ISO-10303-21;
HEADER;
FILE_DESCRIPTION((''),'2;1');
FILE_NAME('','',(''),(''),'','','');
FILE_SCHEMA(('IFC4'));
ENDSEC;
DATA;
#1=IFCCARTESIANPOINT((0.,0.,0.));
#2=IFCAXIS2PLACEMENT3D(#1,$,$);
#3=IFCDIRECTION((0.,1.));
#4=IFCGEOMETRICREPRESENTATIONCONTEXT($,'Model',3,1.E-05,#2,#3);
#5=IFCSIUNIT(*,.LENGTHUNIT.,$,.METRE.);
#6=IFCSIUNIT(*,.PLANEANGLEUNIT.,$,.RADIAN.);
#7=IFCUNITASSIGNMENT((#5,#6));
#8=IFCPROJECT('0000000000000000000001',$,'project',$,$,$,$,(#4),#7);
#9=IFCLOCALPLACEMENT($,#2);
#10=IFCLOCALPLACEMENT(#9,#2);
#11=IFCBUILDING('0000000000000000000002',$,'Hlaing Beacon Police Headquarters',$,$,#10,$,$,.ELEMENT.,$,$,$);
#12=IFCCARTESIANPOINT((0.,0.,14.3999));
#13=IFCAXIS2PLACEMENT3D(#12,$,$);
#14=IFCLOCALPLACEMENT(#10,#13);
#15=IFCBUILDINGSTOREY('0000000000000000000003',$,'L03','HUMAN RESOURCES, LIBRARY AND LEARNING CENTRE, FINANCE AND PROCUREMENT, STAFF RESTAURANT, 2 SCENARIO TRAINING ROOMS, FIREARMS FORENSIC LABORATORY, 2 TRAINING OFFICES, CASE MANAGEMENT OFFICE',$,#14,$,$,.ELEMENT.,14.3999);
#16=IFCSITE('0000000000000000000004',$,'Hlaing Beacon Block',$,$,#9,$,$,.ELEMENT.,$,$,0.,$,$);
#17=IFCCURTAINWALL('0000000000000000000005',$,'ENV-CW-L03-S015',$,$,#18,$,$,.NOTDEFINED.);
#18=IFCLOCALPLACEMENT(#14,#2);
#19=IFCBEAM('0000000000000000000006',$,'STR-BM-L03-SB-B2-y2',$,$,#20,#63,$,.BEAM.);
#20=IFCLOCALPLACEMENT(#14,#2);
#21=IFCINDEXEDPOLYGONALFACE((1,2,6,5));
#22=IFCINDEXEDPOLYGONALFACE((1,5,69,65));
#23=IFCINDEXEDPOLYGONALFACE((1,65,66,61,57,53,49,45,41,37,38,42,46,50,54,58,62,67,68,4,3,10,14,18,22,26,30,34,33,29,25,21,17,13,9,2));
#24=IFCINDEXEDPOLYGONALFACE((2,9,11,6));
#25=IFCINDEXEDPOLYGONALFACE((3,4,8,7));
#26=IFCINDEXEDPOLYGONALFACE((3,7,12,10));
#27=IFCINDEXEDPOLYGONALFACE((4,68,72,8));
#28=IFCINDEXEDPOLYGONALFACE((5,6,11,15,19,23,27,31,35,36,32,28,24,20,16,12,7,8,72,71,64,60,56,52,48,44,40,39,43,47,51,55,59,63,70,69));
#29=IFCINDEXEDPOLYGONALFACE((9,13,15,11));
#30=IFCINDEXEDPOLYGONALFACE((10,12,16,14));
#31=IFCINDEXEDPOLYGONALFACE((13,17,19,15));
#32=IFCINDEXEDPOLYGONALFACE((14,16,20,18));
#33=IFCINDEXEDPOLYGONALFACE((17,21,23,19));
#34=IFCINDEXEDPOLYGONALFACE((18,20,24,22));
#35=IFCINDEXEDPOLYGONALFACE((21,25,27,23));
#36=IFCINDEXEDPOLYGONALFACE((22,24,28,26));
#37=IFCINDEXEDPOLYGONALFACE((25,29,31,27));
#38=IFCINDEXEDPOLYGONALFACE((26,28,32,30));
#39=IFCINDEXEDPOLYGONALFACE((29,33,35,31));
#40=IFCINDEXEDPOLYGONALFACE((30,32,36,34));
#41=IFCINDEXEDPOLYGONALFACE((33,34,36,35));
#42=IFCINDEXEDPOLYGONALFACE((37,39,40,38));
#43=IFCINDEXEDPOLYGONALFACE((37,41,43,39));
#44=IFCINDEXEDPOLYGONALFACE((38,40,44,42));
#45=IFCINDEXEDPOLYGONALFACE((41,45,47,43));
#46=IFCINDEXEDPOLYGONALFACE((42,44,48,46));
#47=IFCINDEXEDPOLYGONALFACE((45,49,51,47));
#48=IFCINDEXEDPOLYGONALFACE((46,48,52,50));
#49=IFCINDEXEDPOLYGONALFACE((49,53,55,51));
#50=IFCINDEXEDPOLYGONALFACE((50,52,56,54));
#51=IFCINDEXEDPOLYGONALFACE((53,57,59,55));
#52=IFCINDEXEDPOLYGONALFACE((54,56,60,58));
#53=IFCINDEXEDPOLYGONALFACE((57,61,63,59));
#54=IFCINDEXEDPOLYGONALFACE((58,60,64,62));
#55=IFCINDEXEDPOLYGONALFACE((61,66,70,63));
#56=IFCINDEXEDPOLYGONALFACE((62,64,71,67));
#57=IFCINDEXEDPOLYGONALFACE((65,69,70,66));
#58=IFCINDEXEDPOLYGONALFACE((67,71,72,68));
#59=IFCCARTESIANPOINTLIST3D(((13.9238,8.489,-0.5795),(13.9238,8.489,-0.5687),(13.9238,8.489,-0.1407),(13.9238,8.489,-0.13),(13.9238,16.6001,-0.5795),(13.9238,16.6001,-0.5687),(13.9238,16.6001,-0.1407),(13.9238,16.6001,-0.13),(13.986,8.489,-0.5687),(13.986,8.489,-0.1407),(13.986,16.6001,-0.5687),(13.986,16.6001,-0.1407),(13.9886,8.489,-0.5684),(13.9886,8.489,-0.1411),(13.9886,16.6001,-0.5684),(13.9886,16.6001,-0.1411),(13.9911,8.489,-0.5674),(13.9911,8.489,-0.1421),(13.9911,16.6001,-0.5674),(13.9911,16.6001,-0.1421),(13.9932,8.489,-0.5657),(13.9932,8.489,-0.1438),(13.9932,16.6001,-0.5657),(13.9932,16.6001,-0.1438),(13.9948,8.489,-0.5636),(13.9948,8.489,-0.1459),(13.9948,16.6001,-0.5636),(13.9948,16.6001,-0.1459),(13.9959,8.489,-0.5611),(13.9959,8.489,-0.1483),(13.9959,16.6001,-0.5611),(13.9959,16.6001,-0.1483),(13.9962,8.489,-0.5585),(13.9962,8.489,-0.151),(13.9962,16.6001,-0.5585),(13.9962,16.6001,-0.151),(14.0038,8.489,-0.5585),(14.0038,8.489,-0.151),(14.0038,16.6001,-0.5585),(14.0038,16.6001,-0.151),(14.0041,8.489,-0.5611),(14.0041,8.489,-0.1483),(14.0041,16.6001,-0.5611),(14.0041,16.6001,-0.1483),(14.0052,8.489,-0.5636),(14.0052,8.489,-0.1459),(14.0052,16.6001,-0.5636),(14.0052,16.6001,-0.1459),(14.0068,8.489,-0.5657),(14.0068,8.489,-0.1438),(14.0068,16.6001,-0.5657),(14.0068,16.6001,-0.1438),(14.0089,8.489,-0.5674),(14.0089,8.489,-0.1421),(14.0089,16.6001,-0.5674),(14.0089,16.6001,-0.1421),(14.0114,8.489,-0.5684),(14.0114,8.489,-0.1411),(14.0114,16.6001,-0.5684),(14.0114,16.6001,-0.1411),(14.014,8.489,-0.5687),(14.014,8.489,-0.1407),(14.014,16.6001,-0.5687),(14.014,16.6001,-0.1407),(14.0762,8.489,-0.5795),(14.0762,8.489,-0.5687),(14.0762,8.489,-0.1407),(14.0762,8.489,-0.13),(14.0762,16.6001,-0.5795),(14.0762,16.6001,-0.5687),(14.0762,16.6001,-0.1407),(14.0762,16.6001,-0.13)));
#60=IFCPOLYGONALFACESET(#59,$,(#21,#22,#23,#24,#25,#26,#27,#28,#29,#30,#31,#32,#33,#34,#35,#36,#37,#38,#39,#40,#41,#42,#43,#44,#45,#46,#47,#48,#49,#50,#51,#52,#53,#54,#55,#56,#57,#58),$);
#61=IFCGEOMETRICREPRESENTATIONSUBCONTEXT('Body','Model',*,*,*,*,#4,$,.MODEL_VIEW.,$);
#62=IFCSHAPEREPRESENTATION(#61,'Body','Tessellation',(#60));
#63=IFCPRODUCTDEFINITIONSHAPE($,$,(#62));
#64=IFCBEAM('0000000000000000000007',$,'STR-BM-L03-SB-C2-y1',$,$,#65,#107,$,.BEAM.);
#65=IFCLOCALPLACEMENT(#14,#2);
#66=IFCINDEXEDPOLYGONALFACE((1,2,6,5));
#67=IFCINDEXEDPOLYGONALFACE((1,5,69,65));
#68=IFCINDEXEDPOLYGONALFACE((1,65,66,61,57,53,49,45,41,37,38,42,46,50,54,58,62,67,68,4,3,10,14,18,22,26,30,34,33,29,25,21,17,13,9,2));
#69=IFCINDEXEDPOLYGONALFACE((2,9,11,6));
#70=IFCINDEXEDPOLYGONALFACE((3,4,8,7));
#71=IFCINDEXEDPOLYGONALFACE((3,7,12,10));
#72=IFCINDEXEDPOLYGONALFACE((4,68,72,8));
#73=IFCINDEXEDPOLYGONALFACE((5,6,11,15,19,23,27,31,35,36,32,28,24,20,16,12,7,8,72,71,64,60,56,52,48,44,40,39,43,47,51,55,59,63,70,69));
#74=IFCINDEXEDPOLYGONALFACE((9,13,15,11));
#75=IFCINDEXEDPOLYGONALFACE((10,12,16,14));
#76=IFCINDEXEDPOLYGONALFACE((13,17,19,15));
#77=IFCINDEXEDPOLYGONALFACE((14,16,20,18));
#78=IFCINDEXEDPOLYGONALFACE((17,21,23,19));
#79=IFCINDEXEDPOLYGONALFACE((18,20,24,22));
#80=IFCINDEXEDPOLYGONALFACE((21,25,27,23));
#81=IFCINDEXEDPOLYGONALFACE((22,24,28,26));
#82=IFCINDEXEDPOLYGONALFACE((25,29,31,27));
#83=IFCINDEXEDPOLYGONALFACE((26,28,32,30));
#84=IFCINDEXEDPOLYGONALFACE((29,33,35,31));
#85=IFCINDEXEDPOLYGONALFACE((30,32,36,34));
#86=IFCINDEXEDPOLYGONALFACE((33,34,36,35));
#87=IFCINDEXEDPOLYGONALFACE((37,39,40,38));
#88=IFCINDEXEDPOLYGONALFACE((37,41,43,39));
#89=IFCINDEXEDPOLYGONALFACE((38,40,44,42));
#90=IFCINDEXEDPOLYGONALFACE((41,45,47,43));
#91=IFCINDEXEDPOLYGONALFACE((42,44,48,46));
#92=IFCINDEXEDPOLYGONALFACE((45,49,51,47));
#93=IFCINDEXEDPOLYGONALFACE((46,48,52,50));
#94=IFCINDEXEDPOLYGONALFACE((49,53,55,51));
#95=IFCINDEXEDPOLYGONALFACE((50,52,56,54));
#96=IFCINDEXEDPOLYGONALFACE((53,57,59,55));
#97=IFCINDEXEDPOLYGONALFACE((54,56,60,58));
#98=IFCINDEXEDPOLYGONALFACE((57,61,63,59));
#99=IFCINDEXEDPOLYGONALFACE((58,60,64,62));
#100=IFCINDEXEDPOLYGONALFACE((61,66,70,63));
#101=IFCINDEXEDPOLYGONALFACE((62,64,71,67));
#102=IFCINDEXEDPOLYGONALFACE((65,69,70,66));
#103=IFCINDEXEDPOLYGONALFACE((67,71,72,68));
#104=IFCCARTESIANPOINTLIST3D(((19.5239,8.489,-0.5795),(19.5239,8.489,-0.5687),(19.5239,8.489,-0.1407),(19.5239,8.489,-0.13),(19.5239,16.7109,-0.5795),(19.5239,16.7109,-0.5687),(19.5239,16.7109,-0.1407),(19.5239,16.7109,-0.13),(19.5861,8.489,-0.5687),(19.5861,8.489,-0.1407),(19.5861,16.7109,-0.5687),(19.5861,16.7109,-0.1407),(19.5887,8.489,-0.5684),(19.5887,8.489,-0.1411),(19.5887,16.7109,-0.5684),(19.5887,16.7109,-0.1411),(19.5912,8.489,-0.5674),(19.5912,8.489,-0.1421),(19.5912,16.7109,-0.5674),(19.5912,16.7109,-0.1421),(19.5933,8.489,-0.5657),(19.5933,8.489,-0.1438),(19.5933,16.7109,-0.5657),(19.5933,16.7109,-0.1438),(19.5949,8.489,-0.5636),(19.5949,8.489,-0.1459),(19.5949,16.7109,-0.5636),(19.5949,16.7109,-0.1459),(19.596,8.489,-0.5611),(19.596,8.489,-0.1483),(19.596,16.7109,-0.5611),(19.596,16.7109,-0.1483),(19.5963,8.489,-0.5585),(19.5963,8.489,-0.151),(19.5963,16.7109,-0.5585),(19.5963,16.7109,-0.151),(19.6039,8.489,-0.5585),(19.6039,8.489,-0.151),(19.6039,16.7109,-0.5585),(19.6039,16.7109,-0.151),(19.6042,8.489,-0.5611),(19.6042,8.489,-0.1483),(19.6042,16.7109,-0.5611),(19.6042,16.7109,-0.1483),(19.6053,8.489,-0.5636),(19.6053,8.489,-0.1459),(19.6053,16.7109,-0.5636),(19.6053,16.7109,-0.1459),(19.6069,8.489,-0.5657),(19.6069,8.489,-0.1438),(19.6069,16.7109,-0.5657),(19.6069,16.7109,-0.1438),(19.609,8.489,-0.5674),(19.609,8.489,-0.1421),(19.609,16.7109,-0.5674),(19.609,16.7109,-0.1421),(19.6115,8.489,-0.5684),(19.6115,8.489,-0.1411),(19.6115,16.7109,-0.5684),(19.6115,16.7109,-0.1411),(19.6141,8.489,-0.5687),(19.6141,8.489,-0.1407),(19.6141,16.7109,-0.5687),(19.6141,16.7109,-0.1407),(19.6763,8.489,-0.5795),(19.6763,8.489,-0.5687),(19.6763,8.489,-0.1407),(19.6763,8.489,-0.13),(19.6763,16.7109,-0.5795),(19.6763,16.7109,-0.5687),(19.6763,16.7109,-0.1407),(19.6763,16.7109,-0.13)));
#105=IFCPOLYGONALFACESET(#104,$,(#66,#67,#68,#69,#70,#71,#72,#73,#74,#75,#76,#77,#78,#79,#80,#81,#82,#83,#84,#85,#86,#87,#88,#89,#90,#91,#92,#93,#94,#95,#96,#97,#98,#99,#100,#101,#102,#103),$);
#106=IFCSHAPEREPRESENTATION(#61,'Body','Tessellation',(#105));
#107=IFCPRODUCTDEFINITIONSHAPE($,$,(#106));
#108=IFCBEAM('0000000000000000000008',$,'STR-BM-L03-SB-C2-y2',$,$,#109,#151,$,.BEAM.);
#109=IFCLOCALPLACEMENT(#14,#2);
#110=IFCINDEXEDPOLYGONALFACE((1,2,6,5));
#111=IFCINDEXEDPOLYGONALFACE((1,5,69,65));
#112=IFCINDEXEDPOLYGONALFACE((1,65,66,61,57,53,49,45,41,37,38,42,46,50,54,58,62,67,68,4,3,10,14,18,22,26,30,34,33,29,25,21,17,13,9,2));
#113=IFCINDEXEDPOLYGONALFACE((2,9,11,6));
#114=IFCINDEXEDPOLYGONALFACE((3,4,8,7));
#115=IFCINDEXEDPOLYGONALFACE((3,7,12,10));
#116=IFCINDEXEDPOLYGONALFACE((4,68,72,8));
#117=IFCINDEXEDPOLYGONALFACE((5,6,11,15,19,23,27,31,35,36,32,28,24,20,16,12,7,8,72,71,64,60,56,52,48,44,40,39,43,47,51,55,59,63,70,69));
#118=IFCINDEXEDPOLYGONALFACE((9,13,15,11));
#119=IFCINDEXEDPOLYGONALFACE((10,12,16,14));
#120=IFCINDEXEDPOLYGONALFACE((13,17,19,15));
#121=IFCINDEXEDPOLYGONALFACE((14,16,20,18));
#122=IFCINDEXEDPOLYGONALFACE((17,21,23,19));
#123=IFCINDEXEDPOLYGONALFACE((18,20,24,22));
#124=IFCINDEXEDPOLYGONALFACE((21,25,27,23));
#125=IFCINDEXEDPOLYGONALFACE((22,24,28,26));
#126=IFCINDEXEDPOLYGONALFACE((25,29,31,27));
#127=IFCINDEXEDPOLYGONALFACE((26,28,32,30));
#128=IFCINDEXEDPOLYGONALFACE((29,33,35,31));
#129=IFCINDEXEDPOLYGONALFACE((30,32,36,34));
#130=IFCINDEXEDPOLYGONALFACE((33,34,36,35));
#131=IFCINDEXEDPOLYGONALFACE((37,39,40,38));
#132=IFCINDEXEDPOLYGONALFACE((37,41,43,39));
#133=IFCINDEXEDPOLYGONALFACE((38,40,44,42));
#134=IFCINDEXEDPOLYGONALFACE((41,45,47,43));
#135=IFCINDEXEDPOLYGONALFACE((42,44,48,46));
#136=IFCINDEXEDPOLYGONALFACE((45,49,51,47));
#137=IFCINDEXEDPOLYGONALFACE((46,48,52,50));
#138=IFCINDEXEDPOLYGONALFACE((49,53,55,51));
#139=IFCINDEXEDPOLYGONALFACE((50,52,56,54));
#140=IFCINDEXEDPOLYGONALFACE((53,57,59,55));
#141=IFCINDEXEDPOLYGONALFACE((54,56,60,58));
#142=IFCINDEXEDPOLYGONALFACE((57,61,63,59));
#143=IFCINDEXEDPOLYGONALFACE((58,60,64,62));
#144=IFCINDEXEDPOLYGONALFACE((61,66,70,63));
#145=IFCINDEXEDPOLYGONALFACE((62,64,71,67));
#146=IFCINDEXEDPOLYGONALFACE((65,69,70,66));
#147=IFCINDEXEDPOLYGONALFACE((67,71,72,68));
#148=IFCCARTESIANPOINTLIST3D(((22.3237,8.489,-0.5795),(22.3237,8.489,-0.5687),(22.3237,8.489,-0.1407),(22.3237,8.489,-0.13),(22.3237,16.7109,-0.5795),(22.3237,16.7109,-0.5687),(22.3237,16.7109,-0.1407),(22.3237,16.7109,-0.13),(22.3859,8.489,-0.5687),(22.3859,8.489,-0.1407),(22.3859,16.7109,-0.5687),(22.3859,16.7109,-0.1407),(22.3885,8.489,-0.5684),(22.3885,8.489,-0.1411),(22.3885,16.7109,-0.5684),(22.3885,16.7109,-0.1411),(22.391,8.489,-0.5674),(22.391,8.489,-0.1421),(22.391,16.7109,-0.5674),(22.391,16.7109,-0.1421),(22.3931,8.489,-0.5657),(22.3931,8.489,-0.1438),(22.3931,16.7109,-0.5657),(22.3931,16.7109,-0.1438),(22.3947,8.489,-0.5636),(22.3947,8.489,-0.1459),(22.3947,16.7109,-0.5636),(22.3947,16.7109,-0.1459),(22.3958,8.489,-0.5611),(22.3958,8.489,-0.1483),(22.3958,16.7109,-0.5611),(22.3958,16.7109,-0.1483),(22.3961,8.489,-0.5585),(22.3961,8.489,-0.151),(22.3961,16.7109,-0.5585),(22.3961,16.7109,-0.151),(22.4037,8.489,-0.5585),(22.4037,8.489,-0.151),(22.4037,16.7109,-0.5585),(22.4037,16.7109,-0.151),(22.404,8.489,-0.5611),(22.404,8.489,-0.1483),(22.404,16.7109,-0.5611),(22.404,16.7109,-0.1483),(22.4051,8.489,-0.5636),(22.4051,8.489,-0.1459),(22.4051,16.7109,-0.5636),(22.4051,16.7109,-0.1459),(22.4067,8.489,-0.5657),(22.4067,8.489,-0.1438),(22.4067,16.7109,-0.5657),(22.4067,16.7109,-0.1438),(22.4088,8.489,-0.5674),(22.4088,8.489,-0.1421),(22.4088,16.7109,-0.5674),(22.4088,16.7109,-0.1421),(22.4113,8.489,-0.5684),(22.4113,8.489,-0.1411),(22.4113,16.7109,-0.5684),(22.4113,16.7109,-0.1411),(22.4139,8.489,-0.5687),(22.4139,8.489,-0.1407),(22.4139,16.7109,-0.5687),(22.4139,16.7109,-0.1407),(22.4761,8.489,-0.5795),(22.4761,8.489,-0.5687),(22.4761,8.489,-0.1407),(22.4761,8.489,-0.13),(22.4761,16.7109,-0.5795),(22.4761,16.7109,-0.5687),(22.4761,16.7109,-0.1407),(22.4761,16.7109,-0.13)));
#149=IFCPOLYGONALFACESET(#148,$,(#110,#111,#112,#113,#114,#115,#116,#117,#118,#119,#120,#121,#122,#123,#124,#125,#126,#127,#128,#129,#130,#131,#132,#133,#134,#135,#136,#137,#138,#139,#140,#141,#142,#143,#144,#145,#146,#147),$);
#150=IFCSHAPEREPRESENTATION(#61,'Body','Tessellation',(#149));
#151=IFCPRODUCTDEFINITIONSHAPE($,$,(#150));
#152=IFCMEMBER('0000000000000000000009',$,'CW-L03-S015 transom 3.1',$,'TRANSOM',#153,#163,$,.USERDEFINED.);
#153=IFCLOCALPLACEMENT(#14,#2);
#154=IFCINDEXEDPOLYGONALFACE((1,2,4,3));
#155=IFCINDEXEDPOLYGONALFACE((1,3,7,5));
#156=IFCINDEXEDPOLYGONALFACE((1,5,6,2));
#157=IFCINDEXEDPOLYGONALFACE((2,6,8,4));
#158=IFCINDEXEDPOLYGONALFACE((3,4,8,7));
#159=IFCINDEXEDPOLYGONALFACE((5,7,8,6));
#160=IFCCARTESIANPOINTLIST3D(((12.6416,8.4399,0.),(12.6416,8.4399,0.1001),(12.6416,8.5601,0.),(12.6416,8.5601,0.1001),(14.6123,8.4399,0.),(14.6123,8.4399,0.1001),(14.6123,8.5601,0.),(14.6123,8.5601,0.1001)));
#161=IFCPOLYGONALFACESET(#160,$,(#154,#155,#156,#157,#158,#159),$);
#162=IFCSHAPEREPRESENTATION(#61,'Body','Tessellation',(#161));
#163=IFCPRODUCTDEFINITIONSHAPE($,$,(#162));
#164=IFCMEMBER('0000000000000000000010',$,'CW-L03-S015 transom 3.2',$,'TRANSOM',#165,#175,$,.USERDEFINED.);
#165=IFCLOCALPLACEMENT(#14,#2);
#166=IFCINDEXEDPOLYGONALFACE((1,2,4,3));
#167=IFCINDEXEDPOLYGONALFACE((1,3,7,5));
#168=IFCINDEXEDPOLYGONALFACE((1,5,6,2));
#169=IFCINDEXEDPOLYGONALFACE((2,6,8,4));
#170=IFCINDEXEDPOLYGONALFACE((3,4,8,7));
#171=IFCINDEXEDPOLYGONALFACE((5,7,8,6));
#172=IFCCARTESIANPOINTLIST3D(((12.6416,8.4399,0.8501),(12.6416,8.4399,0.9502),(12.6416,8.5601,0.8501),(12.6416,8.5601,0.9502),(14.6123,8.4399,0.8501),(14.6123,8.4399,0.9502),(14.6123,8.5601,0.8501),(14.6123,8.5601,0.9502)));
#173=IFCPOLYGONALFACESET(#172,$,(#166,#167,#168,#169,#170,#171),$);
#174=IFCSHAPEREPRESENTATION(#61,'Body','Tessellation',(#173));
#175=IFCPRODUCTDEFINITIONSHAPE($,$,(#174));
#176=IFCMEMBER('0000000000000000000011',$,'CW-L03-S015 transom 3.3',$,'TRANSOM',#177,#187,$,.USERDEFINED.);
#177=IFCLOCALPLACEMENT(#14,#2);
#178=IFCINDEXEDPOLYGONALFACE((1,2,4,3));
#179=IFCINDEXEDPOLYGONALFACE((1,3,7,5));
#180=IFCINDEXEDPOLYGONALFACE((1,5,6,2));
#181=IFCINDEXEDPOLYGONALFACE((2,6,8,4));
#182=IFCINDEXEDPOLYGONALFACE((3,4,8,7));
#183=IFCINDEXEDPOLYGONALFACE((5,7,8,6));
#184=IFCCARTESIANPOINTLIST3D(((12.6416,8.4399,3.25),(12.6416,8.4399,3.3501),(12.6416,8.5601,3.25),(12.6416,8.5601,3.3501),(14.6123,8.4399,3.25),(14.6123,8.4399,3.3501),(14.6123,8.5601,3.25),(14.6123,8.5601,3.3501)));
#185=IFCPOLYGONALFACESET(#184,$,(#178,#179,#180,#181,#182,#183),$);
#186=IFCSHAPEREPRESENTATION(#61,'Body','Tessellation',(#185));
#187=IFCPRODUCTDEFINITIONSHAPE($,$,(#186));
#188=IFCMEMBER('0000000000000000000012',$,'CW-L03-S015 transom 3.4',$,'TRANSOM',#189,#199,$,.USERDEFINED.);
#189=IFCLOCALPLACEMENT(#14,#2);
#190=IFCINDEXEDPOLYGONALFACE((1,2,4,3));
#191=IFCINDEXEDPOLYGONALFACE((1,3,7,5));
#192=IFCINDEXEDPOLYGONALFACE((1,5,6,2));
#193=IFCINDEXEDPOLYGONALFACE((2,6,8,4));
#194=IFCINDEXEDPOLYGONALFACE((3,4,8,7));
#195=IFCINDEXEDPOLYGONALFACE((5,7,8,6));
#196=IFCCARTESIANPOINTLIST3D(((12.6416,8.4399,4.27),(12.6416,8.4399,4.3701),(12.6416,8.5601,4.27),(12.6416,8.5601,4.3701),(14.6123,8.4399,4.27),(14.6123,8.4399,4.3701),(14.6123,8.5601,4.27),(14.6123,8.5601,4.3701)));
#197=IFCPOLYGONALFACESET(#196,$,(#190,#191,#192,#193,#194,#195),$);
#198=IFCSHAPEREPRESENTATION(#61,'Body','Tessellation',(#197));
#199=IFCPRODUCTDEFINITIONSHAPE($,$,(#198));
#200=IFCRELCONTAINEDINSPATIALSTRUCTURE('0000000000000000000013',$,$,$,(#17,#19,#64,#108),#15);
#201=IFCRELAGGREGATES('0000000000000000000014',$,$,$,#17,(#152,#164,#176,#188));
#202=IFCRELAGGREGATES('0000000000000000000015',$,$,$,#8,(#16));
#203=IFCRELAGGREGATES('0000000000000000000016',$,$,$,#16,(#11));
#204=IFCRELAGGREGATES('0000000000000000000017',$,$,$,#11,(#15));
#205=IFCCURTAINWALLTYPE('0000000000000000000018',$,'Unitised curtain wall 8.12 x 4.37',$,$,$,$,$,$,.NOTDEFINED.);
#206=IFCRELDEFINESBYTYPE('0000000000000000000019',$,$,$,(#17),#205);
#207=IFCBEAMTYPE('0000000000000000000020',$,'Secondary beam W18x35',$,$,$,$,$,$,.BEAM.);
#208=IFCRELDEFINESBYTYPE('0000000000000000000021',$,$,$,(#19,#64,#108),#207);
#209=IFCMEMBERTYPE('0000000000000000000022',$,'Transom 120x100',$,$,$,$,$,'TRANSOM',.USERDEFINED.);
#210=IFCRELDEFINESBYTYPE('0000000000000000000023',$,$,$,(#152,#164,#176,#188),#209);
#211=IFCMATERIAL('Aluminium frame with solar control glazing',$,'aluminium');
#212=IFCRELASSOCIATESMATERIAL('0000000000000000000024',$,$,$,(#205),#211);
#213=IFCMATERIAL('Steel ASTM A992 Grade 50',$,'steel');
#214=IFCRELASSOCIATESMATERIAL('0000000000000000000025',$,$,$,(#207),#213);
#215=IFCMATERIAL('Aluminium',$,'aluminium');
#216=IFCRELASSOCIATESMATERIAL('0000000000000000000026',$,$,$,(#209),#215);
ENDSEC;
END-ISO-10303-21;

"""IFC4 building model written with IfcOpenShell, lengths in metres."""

from ifc_helpers import new_model, si_unit, direction, frame, origin, origin_2d, place, context, subcontext, project, spatial, rectangle, i_section, extrude, material, material_profile, profile_set, type_object, element, aggregate, save


model = new_model("IFC4")

# Units and contexts
model_context = context("Model", 3, precision=1e-05, world=origin(), true_north=direction((0.0, 1.0)))
body_context = subcontext(model_context, "Body", "Model", "MODEL_VIEW")
ifc_project = project(units=[si_unit("LENGTHUNIT", "METRE"), si_unit("PLANEANGLEUNIT", "RADIAN")], contexts=[model_context])

# Site, building, storey
site_placement = place(None, origin())
site = spatial("IfcSite", under=ifc_project, at=site_placement, Name="Hlaing Beacon Block", CompositionType="ELEMENT", RefElevation=0.0)
building_placement = place(site_placement, origin())
building = spatial("IfcBuilding", under=site, at=building_placement, Name="Hlaing Beacon Police Headquarters", CompositionType="ELEMENT")
storey_placement = place(building_placement, frame((0.0, 0.0, 14.3999)))
storey = spatial("IfcBuildingStorey", under=building, at=storey_placement, Name="L03", Description="HUMAN RESOURCES, LIBRARY AND LEARNING CENTRE, FINANCE AND PROCUREMENT, STAFF RESTAURANT, 2 SCENARIO TRAINING ROOMS, FIREARMS FORENSIC LABORATORY, 2 TRAINING OFFICES, CASE MANAGEMENT OFFICE", CompositionType="ELEMENT", Elevation=14.3999)

# Curtain wall
ifc_material_1 = material(Name="Aluminium frame with solar control glazing", Category="aluminium")
curtain_wall_type_1 = type_object("IfcCurtainWallType", Name="Unitised curtain wall 8.12 x 4.37", PredefinedType="NOTDEFINED", material=ifc_material_1)
curtain_wall_1_placement = place(storey_placement, origin())
curtain_wall_1 = element("IfcCurtainWall", 1, at=curtain_wall_1_placement, inside=storey, type_object=curtain_wall_type_1, Name="ENV-CW-L03-S015", PredefinedType="NOTDEFINED")

# Beams
ifc_material_2 = material(Name="Steel ASTM A992 Grade 50", Category="steel")
ifc_material_profile_1 = material_profile(ifc_material_2, i_section(OverallWidth=0.1523, OverallDepth=0.4495, WebThickness=0.0076, FlangeThickness=0.0107, FilletRadius=0.0103, at=origin_2d()), Name="W18x35")
ifc_profile_set_1 = profile_set([ifc_material_profile_1], Name="Steel ASTM A992 Grade 50")
beam_type_1 = type_object("IfcBeamType", Name="Secondary beam W18x35", PredefinedType="BEAM", material=ifc_profile_set_1)
beam_1_placement = place(storey_placement, frame((14.0, 8.489, -0.3547), z_axis=(0.0, 1.0, 0.0), x_axis=(-1.0, 0.0, 0.0)))
element("IfcBeam", 2, at=beam_1_placement, inside=storey, type_object=beam_type_1, Name="STR-BM-L03-SB-B2-y2", PredefinedType="BEAM", context=body_context, shape_type="SweptSolid", body=[
    extrude(i_section(OverallWidth=0.1523, OverallDepth=0.4495, WebThickness=0.0076, FlangeThickness=0.0107, FilletRadius=0.0103, at=origin_2d()), origin(), (0.0, 0.0, 1.0), 8.1111),
])
for number, where, z_axis, x_axis, name in (
    (3, (19.6001, 8.489, -0.3547), (0.0, 1.0, 0.0), (-1.0, 0.0, 0.0), "STR-BM-L03-SB-C2-y1"),
    (4, (22.3999, 8.489, -0.3547), (0.0, 1.0, 0.0), (-1.0, 0.0, 0.0), "STR-BM-L03-SB-C2-y2"),
):
    element("IfcBeam", number, at=place(storey_placement, frame(where, z_axis=z_axis, x_axis=x_axis)), inside=storey, type_object=beam_type_1, Name=name, PredefinedType="BEAM", context=body_context, shape_type="SweptSolid", body=[
        extrude(i_section(OverallWidth=0.1523, OverallDepth=0.4495, WebThickness=0.0076, FlangeThickness=0.0107, FilletRadius=0.0103, at=origin_2d()), origin(), (0.0, 0.0, 1.0), 8.2219),
    ])

# Members
ifc_material_3 = material(Name="Aluminium", Category="aluminium")
ifc_material_profile_2 = material_profile(ifc_material_3, rectangle(XDim=0.1201, YDim=0.1001, at=origin_2d()), Name="Transom 120x100")
ifc_profile_set_2 = profile_set([ifc_material_profile_2], Name="Aluminium")
member_type_1 = type_object("IfcMemberType", Name="Transom 120x100", ElementType="TRANSOM", PredefinedType="USERDEFINED", material=ifc_profile_set_2)
member_1_placement = place(storey_placement, frame((12.6416, 8.5, 0.05), z_axis=(1.0, 0.0, 0.0), x_axis=(0.0, 1.0, 0.0)))
member_1 = element("IfcMember", 5, at=member_1_placement, type_object=member_type_1, Name="CW-L03-S015 transom 3.1", ObjectType="TRANSOM", PredefinedType="USERDEFINED", context=body_context, shape_type="SweptSolid", body=[
    extrude(rectangle(XDim=0.1201, YDim=0.1001, at=origin_2d()), origin(), (0.0, 0.0, 1.0), 1.9707),
])
member_2_placement = place(storey_placement, frame((12.6416, 8.5, 0.9001), z_axis=(1.0, 0.0, 0.0), x_axis=(0.0, 1.0, 0.0)))
member_2 = element("IfcMember", 6, at=member_2_placement, type_object=member_type_1, Name="CW-L03-S015 transom 3.2", ObjectType="TRANSOM", PredefinedType="USERDEFINED", context=body_context, shape_type="SweptSolid", body=[
    extrude(rectangle(XDim=0.1201, YDim=0.1001, at=origin_2d()), origin(), (0.0, 0.0, 1.0), 1.9707),
])
member_3_placement = place(storey_placement, frame((12.6416, 8.5, 3.3), z_axis=(1.0, 0.0, 0.0), x_axis=(0.0, 1.0, 0.0)))
member_3 = element("IfcMember", 7, at=member_3_placement, type_object=member_type_1, Name="CW-L03-S015 transom 3.3", ObjectType="TRANSOM", PredefinedType="USERDEFINED", context=body_context, shape_type="SweptSolid", body=[
    extrude(rectangle(XDim=0.1201, YDim=0.1001, at=origin_2d()), origin(), (0.0, 0.0, 1.0), 1.9707),
])
member_4_placement = place(storey_placement, frame((12.6416, 8.5, 4.3201), z_axis=(1.0, 0.0, 0.0), x_axis=(0.0, 1.0, 0.0)))
member_4 = element("IfcMember", 8, at=member_4_placement, type_object=member_type_1, Name="CW-L03-S015 transom 3.4", ObjectType="TRANSOM", PredefinedType="USERDEFINED", context=body_context, shape_type="SweptSolid", body=[
    extrude(rectangle(XDim=0.1201, YDim=0.1001, at=origin_2d()), origin(), (0.0, 0.0, 1.0), 1.9707),
])

aggregate(curtain_wall_1, [member_1, member_2, member_3, member_4])

save(model, "model.ifc")
